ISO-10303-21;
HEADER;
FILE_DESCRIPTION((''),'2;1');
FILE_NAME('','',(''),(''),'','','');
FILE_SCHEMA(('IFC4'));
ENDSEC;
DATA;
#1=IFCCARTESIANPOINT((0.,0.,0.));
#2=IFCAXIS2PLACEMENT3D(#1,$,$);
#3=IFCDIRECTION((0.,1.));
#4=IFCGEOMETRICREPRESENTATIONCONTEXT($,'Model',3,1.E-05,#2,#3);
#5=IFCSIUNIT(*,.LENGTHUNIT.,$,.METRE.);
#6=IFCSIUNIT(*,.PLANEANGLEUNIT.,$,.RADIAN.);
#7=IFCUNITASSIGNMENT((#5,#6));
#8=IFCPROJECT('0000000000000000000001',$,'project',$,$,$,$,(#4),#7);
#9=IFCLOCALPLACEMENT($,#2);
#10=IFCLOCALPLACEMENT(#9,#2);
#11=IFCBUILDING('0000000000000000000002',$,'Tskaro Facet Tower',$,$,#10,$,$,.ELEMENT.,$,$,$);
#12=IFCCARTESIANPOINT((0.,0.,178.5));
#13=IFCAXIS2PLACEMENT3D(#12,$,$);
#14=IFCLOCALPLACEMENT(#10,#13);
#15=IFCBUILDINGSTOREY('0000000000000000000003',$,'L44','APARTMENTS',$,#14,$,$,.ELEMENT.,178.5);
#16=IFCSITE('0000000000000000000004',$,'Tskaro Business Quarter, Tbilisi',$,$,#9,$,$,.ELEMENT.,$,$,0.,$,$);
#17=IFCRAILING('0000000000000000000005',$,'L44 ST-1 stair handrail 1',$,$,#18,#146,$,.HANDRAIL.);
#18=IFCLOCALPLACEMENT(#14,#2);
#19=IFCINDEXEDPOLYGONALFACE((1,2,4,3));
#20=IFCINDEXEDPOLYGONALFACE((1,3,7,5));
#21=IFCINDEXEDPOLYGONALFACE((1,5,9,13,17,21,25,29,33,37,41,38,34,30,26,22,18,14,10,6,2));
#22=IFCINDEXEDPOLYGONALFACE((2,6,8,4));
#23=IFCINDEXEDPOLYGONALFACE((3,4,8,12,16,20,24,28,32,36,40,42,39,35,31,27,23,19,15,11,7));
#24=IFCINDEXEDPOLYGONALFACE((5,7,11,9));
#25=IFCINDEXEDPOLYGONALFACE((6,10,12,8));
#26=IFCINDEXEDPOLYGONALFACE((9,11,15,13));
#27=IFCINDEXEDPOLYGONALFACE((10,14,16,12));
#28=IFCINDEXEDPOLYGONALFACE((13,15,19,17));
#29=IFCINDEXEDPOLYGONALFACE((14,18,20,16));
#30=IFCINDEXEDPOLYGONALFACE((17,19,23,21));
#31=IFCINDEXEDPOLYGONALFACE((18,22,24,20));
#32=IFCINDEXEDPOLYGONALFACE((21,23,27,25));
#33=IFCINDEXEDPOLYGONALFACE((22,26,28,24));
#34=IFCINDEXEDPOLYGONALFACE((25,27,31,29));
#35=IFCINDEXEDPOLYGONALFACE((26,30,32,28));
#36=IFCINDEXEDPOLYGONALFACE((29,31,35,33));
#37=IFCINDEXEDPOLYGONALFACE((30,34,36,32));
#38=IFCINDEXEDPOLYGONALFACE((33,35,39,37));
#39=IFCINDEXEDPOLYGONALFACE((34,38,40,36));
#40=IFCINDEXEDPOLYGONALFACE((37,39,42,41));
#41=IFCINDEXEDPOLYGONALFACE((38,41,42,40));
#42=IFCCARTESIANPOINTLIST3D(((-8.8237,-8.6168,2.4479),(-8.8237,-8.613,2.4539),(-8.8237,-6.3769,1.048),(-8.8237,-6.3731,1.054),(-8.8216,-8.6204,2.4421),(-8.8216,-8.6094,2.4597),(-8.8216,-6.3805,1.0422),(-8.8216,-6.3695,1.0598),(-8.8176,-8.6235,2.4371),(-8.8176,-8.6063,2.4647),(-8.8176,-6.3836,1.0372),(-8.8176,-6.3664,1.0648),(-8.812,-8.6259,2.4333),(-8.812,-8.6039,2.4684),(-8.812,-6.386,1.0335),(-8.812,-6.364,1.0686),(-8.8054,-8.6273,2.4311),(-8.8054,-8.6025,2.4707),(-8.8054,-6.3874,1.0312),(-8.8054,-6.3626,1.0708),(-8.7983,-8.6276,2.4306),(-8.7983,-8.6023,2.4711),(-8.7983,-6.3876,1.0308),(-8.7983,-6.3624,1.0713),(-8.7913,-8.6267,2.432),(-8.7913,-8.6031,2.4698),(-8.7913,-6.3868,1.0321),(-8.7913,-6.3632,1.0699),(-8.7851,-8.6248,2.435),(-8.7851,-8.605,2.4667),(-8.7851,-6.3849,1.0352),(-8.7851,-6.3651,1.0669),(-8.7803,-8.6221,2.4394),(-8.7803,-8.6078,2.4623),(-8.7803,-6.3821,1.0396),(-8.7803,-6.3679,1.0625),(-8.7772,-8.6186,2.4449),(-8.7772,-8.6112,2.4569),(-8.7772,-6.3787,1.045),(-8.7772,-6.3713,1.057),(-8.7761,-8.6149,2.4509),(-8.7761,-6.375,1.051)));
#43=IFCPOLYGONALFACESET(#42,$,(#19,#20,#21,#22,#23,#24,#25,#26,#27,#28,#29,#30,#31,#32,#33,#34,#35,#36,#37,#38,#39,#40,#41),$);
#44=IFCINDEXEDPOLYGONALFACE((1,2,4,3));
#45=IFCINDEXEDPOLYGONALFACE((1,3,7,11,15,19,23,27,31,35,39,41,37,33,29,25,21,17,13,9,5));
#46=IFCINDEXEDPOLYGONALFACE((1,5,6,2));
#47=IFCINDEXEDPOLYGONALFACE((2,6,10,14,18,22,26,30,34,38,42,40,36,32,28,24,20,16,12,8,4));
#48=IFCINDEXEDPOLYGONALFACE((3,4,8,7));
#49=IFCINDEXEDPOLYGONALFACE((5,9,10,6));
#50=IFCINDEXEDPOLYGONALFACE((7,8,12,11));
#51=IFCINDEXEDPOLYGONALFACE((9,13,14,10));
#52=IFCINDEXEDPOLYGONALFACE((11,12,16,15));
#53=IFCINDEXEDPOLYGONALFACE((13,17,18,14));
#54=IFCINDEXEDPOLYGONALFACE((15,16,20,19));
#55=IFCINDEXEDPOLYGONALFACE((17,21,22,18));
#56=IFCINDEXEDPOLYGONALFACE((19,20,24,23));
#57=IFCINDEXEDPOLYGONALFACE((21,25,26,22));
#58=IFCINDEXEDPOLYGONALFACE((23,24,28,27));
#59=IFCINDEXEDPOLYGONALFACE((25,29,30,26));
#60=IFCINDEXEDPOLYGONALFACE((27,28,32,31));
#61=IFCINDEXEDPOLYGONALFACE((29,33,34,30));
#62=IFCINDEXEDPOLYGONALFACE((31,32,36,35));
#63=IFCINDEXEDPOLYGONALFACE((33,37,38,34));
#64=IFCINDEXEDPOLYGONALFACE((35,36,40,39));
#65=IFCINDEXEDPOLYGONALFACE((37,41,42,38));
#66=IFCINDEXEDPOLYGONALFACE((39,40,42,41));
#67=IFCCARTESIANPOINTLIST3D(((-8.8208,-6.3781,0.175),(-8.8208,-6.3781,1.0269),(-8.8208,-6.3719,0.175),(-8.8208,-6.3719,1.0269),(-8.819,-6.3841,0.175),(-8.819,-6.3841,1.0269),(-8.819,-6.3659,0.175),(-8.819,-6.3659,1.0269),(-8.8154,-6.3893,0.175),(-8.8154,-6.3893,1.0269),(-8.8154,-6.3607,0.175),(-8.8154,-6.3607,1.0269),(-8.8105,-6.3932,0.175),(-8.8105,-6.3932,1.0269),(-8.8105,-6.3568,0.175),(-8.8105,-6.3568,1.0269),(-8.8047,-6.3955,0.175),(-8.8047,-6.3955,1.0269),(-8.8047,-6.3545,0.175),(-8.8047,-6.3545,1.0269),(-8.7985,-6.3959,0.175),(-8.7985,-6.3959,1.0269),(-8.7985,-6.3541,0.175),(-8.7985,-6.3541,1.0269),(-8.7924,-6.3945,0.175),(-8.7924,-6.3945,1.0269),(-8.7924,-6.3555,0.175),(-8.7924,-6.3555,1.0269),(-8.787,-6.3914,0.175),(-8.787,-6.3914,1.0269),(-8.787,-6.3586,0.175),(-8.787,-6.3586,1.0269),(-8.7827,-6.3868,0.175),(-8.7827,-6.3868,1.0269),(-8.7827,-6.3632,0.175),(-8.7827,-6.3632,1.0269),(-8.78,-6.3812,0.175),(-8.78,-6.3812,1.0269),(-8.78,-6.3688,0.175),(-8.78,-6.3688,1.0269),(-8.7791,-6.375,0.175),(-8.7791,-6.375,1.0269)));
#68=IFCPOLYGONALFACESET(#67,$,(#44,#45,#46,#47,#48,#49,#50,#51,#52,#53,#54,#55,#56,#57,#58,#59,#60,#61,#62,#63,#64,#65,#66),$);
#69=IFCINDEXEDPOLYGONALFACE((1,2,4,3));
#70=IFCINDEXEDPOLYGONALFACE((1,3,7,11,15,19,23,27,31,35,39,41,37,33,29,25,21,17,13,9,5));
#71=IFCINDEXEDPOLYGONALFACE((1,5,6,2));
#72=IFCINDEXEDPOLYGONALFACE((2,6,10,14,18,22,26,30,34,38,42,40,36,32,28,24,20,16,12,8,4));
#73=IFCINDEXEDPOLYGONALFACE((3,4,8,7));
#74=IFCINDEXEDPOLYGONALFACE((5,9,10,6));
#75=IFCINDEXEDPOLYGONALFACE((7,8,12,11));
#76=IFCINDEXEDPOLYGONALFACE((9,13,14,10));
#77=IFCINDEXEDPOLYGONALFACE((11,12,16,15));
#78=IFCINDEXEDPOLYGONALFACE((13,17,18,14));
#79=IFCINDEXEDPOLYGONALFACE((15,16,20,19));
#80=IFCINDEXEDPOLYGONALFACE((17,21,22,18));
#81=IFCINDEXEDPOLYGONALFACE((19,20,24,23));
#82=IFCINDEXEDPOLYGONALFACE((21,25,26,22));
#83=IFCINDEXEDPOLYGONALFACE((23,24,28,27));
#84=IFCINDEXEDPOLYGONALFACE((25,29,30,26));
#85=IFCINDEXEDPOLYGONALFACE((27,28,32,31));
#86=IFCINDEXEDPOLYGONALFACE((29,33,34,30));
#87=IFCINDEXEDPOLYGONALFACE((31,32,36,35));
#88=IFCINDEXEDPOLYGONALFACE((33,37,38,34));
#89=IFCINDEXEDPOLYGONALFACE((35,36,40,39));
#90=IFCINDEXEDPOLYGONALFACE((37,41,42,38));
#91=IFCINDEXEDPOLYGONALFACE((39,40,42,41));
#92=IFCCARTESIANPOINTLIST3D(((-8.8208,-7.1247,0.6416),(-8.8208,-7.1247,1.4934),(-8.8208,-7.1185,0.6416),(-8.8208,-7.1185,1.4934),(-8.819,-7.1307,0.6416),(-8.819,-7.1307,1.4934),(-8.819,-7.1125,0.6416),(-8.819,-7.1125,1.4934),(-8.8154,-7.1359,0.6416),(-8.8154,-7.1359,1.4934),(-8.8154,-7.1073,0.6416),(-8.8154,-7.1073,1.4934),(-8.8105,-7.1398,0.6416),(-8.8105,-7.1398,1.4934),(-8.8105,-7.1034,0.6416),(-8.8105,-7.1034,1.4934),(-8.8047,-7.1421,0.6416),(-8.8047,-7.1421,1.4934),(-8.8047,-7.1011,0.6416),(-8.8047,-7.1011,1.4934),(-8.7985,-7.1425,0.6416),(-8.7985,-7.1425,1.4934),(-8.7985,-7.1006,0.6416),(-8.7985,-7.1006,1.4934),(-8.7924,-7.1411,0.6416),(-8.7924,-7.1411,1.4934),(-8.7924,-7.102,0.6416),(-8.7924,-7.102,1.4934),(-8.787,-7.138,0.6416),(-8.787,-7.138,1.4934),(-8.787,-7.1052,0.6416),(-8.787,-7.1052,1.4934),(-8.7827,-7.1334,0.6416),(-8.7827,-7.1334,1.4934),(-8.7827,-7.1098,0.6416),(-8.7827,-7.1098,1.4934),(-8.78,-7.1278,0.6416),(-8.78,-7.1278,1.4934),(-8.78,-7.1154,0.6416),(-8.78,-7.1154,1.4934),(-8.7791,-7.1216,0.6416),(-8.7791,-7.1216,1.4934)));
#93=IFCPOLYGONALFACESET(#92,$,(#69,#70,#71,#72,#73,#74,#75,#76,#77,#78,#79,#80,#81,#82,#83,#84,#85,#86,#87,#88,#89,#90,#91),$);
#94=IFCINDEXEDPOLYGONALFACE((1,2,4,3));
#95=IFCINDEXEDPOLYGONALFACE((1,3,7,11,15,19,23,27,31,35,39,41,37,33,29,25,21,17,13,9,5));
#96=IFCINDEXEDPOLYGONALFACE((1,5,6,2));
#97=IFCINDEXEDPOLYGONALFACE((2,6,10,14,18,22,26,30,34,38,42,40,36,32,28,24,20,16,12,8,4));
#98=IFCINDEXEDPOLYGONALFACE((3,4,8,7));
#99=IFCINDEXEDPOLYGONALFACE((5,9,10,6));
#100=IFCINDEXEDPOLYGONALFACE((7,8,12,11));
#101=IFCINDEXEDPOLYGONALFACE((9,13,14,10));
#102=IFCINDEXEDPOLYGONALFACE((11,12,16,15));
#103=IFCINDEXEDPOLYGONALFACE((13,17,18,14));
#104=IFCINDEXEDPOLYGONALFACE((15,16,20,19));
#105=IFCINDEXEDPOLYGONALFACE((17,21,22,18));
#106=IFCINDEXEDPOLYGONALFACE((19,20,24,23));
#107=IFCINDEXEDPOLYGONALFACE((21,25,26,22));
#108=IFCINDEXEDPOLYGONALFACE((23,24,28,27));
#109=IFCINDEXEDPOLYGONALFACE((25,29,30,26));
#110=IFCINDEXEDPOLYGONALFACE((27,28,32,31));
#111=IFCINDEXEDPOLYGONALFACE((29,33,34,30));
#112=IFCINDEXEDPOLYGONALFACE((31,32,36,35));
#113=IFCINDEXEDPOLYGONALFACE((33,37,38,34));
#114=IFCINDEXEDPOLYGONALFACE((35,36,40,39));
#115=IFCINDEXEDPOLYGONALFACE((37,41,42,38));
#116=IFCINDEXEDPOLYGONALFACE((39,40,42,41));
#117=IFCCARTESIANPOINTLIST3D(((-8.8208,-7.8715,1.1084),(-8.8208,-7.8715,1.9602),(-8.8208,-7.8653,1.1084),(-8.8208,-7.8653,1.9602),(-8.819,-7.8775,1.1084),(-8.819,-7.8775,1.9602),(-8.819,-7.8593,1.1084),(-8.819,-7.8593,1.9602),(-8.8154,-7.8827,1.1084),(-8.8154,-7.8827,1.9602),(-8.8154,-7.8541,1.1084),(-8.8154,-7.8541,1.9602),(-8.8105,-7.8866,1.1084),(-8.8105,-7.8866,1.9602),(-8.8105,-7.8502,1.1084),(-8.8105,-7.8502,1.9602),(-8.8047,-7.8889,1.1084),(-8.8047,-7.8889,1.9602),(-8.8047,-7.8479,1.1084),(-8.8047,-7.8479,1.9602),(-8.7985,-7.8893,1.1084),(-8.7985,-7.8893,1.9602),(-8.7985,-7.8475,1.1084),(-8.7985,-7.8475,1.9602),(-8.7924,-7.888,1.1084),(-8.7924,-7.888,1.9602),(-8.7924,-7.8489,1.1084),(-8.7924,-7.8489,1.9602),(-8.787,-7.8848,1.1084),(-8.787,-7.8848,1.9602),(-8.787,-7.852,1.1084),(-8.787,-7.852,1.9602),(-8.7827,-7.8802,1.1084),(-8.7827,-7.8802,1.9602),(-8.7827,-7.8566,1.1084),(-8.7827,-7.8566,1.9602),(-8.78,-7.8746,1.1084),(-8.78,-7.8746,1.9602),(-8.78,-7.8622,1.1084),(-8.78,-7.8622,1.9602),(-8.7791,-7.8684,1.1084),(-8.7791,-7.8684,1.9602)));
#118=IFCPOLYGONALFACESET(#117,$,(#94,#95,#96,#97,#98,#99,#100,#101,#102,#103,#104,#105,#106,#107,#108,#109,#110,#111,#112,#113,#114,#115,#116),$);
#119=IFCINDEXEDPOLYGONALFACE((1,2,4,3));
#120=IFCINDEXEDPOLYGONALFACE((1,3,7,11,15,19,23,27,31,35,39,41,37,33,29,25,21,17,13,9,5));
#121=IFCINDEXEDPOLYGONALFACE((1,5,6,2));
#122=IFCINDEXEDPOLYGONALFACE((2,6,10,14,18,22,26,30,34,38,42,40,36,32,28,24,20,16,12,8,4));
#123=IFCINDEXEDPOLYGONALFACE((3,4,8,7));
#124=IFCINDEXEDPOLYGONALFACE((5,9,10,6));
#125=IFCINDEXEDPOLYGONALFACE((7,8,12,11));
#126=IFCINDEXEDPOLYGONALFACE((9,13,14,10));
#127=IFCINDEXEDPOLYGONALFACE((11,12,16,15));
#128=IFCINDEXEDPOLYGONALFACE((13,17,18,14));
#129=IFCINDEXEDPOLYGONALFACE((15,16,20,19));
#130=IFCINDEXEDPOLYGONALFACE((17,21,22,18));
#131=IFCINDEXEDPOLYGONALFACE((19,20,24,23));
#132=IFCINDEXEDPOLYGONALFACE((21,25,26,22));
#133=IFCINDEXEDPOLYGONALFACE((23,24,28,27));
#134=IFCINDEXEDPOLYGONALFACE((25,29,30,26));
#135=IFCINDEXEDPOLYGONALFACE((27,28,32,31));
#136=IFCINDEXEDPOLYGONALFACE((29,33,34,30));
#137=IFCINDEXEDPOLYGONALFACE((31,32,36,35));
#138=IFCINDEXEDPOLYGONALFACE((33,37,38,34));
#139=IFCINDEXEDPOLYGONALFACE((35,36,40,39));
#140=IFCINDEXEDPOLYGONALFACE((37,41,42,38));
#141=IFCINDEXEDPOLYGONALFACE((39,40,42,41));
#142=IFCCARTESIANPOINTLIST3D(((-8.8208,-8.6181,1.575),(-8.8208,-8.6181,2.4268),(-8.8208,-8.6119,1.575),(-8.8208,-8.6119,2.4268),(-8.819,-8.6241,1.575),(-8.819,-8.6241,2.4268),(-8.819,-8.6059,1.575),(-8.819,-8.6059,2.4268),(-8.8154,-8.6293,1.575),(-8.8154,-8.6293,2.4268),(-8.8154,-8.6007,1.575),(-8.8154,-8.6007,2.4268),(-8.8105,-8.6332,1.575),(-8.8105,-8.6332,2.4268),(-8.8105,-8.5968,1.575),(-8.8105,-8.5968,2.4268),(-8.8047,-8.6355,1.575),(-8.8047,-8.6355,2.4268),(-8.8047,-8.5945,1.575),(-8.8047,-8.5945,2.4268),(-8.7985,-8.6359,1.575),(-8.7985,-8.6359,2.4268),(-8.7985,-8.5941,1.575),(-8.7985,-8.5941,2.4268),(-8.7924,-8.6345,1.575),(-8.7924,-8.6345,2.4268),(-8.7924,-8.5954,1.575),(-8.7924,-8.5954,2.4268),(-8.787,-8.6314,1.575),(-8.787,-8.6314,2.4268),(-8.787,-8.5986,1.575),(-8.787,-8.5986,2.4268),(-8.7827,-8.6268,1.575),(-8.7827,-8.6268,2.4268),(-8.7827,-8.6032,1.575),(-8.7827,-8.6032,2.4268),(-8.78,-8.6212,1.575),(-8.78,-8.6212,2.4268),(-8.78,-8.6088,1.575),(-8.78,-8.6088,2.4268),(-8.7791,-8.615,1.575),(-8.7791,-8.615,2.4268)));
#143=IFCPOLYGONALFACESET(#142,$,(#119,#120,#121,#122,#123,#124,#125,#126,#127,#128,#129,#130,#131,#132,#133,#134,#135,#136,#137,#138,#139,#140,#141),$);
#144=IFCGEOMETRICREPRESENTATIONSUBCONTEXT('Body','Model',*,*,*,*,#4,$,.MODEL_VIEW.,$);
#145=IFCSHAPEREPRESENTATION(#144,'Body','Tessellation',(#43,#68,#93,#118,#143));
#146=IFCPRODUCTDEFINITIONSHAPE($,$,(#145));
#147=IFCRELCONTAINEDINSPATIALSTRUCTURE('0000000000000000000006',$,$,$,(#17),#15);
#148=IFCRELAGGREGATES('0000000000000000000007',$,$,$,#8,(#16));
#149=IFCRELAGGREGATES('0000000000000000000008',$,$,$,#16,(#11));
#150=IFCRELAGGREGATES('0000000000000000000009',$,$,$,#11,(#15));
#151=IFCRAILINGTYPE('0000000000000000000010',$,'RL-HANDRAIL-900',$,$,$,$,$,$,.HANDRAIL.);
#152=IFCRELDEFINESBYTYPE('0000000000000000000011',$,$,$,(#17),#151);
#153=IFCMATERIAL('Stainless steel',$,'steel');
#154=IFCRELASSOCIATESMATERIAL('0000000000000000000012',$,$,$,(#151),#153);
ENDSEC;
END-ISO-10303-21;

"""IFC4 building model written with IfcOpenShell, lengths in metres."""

from ifc_helpers import new_model, si_unit, direction, frame, origin, origin_2d, place, context, subcontext, project, spatial, circle, extrude, material, type_object, element, save


model = new_model("IFC4")

# Units and contexts
model_context = context("Model", 3, precision=1e-05, world=origin(), true_north=direction((0.0, 1.0)))
body_context = subcontext(model_context, "Body", "Model", "MODEL_VIEW")
ifc_project = project(units=[si_unit("LENGTHUNIT", "METRE"), si_unit("PLANEANGLEUNIT", "RADIAN")], contexts=[model_context])

# Site, building, storey
site_placement = place(None, origin())
site = spatial("IfcSite", under=ifc_project, at=site_placement, Name="Tskaro Business Quarter, Tbilisi", CompositionType="ELEMENT", RefElevation=0.0)
building_placement = place(site_placement, origin())
building = spatial("IfcBuilding", under=site, at=building_placement, Name="Tskaro Facet Tower", CompositionType="ELEMENT")
storey_placement = place(building_placement, frame((0.0, 0.0, 178.5)))
storey = spatial("IfcBuildingStorey", under=building, at=storey_placement, Name="L44", Description="APARTMENTS", CompositionType="ELEMENT", Elevation=178.5)

# Shared definitions
ifc_material_1 = material(Name="Stainless steel", Category="steel")

# Railing
railing_type_1 = type_object("IfcRailingType", Name="RL-HANDRAIL-900", PredefinedType="HANDRAIL", material=ifc_material_1)
railing_1_placement = place(storey_placement, frame((-8.8, -6.375, 0.175)))
element("IfcRailing", 1, at=railing_1_placement, inside=storey, type_object=railing_type_1, Name="L44 ST-1 stair handrail 1", PredefinedType="HANDRAIL", context=body_context, shape_type="SweptSolid", body=[
    extrude(circle(Radius=0.0239, at=origin_2d()), frame((0.0, 0.0, 0.876), z_axis=(0.0, -0.848014, 0.529974), x_axis=(1.0, 0.0, 0.0)), (0.0, 0.0, 1.0), 2.6414),
    extrude(circle(Radius=0.021, at=origin_2d()), origin(), (0.0, 0.0, 1.0), 0.8518),
    extrude(circle(Radius=0.021, at=origin_2d()), frame((0.0, -0.7466, 0.4666)), (0.0, 0.0, 1.0), 0.8518),
    extrude(circle(Radius=0.021, at=origin_2d()), frame((0.0, -1.4934, 0.9333)), (0.0, 0.0, 1.0), 0.8518),
    extrude(circle(Radius=0.021, at=origin_2d()), frame((0.0, -2.24, 1.3999)), (0.0, 0.0, 1.0), 0.8518),
])

save(model, "model.ifc")
